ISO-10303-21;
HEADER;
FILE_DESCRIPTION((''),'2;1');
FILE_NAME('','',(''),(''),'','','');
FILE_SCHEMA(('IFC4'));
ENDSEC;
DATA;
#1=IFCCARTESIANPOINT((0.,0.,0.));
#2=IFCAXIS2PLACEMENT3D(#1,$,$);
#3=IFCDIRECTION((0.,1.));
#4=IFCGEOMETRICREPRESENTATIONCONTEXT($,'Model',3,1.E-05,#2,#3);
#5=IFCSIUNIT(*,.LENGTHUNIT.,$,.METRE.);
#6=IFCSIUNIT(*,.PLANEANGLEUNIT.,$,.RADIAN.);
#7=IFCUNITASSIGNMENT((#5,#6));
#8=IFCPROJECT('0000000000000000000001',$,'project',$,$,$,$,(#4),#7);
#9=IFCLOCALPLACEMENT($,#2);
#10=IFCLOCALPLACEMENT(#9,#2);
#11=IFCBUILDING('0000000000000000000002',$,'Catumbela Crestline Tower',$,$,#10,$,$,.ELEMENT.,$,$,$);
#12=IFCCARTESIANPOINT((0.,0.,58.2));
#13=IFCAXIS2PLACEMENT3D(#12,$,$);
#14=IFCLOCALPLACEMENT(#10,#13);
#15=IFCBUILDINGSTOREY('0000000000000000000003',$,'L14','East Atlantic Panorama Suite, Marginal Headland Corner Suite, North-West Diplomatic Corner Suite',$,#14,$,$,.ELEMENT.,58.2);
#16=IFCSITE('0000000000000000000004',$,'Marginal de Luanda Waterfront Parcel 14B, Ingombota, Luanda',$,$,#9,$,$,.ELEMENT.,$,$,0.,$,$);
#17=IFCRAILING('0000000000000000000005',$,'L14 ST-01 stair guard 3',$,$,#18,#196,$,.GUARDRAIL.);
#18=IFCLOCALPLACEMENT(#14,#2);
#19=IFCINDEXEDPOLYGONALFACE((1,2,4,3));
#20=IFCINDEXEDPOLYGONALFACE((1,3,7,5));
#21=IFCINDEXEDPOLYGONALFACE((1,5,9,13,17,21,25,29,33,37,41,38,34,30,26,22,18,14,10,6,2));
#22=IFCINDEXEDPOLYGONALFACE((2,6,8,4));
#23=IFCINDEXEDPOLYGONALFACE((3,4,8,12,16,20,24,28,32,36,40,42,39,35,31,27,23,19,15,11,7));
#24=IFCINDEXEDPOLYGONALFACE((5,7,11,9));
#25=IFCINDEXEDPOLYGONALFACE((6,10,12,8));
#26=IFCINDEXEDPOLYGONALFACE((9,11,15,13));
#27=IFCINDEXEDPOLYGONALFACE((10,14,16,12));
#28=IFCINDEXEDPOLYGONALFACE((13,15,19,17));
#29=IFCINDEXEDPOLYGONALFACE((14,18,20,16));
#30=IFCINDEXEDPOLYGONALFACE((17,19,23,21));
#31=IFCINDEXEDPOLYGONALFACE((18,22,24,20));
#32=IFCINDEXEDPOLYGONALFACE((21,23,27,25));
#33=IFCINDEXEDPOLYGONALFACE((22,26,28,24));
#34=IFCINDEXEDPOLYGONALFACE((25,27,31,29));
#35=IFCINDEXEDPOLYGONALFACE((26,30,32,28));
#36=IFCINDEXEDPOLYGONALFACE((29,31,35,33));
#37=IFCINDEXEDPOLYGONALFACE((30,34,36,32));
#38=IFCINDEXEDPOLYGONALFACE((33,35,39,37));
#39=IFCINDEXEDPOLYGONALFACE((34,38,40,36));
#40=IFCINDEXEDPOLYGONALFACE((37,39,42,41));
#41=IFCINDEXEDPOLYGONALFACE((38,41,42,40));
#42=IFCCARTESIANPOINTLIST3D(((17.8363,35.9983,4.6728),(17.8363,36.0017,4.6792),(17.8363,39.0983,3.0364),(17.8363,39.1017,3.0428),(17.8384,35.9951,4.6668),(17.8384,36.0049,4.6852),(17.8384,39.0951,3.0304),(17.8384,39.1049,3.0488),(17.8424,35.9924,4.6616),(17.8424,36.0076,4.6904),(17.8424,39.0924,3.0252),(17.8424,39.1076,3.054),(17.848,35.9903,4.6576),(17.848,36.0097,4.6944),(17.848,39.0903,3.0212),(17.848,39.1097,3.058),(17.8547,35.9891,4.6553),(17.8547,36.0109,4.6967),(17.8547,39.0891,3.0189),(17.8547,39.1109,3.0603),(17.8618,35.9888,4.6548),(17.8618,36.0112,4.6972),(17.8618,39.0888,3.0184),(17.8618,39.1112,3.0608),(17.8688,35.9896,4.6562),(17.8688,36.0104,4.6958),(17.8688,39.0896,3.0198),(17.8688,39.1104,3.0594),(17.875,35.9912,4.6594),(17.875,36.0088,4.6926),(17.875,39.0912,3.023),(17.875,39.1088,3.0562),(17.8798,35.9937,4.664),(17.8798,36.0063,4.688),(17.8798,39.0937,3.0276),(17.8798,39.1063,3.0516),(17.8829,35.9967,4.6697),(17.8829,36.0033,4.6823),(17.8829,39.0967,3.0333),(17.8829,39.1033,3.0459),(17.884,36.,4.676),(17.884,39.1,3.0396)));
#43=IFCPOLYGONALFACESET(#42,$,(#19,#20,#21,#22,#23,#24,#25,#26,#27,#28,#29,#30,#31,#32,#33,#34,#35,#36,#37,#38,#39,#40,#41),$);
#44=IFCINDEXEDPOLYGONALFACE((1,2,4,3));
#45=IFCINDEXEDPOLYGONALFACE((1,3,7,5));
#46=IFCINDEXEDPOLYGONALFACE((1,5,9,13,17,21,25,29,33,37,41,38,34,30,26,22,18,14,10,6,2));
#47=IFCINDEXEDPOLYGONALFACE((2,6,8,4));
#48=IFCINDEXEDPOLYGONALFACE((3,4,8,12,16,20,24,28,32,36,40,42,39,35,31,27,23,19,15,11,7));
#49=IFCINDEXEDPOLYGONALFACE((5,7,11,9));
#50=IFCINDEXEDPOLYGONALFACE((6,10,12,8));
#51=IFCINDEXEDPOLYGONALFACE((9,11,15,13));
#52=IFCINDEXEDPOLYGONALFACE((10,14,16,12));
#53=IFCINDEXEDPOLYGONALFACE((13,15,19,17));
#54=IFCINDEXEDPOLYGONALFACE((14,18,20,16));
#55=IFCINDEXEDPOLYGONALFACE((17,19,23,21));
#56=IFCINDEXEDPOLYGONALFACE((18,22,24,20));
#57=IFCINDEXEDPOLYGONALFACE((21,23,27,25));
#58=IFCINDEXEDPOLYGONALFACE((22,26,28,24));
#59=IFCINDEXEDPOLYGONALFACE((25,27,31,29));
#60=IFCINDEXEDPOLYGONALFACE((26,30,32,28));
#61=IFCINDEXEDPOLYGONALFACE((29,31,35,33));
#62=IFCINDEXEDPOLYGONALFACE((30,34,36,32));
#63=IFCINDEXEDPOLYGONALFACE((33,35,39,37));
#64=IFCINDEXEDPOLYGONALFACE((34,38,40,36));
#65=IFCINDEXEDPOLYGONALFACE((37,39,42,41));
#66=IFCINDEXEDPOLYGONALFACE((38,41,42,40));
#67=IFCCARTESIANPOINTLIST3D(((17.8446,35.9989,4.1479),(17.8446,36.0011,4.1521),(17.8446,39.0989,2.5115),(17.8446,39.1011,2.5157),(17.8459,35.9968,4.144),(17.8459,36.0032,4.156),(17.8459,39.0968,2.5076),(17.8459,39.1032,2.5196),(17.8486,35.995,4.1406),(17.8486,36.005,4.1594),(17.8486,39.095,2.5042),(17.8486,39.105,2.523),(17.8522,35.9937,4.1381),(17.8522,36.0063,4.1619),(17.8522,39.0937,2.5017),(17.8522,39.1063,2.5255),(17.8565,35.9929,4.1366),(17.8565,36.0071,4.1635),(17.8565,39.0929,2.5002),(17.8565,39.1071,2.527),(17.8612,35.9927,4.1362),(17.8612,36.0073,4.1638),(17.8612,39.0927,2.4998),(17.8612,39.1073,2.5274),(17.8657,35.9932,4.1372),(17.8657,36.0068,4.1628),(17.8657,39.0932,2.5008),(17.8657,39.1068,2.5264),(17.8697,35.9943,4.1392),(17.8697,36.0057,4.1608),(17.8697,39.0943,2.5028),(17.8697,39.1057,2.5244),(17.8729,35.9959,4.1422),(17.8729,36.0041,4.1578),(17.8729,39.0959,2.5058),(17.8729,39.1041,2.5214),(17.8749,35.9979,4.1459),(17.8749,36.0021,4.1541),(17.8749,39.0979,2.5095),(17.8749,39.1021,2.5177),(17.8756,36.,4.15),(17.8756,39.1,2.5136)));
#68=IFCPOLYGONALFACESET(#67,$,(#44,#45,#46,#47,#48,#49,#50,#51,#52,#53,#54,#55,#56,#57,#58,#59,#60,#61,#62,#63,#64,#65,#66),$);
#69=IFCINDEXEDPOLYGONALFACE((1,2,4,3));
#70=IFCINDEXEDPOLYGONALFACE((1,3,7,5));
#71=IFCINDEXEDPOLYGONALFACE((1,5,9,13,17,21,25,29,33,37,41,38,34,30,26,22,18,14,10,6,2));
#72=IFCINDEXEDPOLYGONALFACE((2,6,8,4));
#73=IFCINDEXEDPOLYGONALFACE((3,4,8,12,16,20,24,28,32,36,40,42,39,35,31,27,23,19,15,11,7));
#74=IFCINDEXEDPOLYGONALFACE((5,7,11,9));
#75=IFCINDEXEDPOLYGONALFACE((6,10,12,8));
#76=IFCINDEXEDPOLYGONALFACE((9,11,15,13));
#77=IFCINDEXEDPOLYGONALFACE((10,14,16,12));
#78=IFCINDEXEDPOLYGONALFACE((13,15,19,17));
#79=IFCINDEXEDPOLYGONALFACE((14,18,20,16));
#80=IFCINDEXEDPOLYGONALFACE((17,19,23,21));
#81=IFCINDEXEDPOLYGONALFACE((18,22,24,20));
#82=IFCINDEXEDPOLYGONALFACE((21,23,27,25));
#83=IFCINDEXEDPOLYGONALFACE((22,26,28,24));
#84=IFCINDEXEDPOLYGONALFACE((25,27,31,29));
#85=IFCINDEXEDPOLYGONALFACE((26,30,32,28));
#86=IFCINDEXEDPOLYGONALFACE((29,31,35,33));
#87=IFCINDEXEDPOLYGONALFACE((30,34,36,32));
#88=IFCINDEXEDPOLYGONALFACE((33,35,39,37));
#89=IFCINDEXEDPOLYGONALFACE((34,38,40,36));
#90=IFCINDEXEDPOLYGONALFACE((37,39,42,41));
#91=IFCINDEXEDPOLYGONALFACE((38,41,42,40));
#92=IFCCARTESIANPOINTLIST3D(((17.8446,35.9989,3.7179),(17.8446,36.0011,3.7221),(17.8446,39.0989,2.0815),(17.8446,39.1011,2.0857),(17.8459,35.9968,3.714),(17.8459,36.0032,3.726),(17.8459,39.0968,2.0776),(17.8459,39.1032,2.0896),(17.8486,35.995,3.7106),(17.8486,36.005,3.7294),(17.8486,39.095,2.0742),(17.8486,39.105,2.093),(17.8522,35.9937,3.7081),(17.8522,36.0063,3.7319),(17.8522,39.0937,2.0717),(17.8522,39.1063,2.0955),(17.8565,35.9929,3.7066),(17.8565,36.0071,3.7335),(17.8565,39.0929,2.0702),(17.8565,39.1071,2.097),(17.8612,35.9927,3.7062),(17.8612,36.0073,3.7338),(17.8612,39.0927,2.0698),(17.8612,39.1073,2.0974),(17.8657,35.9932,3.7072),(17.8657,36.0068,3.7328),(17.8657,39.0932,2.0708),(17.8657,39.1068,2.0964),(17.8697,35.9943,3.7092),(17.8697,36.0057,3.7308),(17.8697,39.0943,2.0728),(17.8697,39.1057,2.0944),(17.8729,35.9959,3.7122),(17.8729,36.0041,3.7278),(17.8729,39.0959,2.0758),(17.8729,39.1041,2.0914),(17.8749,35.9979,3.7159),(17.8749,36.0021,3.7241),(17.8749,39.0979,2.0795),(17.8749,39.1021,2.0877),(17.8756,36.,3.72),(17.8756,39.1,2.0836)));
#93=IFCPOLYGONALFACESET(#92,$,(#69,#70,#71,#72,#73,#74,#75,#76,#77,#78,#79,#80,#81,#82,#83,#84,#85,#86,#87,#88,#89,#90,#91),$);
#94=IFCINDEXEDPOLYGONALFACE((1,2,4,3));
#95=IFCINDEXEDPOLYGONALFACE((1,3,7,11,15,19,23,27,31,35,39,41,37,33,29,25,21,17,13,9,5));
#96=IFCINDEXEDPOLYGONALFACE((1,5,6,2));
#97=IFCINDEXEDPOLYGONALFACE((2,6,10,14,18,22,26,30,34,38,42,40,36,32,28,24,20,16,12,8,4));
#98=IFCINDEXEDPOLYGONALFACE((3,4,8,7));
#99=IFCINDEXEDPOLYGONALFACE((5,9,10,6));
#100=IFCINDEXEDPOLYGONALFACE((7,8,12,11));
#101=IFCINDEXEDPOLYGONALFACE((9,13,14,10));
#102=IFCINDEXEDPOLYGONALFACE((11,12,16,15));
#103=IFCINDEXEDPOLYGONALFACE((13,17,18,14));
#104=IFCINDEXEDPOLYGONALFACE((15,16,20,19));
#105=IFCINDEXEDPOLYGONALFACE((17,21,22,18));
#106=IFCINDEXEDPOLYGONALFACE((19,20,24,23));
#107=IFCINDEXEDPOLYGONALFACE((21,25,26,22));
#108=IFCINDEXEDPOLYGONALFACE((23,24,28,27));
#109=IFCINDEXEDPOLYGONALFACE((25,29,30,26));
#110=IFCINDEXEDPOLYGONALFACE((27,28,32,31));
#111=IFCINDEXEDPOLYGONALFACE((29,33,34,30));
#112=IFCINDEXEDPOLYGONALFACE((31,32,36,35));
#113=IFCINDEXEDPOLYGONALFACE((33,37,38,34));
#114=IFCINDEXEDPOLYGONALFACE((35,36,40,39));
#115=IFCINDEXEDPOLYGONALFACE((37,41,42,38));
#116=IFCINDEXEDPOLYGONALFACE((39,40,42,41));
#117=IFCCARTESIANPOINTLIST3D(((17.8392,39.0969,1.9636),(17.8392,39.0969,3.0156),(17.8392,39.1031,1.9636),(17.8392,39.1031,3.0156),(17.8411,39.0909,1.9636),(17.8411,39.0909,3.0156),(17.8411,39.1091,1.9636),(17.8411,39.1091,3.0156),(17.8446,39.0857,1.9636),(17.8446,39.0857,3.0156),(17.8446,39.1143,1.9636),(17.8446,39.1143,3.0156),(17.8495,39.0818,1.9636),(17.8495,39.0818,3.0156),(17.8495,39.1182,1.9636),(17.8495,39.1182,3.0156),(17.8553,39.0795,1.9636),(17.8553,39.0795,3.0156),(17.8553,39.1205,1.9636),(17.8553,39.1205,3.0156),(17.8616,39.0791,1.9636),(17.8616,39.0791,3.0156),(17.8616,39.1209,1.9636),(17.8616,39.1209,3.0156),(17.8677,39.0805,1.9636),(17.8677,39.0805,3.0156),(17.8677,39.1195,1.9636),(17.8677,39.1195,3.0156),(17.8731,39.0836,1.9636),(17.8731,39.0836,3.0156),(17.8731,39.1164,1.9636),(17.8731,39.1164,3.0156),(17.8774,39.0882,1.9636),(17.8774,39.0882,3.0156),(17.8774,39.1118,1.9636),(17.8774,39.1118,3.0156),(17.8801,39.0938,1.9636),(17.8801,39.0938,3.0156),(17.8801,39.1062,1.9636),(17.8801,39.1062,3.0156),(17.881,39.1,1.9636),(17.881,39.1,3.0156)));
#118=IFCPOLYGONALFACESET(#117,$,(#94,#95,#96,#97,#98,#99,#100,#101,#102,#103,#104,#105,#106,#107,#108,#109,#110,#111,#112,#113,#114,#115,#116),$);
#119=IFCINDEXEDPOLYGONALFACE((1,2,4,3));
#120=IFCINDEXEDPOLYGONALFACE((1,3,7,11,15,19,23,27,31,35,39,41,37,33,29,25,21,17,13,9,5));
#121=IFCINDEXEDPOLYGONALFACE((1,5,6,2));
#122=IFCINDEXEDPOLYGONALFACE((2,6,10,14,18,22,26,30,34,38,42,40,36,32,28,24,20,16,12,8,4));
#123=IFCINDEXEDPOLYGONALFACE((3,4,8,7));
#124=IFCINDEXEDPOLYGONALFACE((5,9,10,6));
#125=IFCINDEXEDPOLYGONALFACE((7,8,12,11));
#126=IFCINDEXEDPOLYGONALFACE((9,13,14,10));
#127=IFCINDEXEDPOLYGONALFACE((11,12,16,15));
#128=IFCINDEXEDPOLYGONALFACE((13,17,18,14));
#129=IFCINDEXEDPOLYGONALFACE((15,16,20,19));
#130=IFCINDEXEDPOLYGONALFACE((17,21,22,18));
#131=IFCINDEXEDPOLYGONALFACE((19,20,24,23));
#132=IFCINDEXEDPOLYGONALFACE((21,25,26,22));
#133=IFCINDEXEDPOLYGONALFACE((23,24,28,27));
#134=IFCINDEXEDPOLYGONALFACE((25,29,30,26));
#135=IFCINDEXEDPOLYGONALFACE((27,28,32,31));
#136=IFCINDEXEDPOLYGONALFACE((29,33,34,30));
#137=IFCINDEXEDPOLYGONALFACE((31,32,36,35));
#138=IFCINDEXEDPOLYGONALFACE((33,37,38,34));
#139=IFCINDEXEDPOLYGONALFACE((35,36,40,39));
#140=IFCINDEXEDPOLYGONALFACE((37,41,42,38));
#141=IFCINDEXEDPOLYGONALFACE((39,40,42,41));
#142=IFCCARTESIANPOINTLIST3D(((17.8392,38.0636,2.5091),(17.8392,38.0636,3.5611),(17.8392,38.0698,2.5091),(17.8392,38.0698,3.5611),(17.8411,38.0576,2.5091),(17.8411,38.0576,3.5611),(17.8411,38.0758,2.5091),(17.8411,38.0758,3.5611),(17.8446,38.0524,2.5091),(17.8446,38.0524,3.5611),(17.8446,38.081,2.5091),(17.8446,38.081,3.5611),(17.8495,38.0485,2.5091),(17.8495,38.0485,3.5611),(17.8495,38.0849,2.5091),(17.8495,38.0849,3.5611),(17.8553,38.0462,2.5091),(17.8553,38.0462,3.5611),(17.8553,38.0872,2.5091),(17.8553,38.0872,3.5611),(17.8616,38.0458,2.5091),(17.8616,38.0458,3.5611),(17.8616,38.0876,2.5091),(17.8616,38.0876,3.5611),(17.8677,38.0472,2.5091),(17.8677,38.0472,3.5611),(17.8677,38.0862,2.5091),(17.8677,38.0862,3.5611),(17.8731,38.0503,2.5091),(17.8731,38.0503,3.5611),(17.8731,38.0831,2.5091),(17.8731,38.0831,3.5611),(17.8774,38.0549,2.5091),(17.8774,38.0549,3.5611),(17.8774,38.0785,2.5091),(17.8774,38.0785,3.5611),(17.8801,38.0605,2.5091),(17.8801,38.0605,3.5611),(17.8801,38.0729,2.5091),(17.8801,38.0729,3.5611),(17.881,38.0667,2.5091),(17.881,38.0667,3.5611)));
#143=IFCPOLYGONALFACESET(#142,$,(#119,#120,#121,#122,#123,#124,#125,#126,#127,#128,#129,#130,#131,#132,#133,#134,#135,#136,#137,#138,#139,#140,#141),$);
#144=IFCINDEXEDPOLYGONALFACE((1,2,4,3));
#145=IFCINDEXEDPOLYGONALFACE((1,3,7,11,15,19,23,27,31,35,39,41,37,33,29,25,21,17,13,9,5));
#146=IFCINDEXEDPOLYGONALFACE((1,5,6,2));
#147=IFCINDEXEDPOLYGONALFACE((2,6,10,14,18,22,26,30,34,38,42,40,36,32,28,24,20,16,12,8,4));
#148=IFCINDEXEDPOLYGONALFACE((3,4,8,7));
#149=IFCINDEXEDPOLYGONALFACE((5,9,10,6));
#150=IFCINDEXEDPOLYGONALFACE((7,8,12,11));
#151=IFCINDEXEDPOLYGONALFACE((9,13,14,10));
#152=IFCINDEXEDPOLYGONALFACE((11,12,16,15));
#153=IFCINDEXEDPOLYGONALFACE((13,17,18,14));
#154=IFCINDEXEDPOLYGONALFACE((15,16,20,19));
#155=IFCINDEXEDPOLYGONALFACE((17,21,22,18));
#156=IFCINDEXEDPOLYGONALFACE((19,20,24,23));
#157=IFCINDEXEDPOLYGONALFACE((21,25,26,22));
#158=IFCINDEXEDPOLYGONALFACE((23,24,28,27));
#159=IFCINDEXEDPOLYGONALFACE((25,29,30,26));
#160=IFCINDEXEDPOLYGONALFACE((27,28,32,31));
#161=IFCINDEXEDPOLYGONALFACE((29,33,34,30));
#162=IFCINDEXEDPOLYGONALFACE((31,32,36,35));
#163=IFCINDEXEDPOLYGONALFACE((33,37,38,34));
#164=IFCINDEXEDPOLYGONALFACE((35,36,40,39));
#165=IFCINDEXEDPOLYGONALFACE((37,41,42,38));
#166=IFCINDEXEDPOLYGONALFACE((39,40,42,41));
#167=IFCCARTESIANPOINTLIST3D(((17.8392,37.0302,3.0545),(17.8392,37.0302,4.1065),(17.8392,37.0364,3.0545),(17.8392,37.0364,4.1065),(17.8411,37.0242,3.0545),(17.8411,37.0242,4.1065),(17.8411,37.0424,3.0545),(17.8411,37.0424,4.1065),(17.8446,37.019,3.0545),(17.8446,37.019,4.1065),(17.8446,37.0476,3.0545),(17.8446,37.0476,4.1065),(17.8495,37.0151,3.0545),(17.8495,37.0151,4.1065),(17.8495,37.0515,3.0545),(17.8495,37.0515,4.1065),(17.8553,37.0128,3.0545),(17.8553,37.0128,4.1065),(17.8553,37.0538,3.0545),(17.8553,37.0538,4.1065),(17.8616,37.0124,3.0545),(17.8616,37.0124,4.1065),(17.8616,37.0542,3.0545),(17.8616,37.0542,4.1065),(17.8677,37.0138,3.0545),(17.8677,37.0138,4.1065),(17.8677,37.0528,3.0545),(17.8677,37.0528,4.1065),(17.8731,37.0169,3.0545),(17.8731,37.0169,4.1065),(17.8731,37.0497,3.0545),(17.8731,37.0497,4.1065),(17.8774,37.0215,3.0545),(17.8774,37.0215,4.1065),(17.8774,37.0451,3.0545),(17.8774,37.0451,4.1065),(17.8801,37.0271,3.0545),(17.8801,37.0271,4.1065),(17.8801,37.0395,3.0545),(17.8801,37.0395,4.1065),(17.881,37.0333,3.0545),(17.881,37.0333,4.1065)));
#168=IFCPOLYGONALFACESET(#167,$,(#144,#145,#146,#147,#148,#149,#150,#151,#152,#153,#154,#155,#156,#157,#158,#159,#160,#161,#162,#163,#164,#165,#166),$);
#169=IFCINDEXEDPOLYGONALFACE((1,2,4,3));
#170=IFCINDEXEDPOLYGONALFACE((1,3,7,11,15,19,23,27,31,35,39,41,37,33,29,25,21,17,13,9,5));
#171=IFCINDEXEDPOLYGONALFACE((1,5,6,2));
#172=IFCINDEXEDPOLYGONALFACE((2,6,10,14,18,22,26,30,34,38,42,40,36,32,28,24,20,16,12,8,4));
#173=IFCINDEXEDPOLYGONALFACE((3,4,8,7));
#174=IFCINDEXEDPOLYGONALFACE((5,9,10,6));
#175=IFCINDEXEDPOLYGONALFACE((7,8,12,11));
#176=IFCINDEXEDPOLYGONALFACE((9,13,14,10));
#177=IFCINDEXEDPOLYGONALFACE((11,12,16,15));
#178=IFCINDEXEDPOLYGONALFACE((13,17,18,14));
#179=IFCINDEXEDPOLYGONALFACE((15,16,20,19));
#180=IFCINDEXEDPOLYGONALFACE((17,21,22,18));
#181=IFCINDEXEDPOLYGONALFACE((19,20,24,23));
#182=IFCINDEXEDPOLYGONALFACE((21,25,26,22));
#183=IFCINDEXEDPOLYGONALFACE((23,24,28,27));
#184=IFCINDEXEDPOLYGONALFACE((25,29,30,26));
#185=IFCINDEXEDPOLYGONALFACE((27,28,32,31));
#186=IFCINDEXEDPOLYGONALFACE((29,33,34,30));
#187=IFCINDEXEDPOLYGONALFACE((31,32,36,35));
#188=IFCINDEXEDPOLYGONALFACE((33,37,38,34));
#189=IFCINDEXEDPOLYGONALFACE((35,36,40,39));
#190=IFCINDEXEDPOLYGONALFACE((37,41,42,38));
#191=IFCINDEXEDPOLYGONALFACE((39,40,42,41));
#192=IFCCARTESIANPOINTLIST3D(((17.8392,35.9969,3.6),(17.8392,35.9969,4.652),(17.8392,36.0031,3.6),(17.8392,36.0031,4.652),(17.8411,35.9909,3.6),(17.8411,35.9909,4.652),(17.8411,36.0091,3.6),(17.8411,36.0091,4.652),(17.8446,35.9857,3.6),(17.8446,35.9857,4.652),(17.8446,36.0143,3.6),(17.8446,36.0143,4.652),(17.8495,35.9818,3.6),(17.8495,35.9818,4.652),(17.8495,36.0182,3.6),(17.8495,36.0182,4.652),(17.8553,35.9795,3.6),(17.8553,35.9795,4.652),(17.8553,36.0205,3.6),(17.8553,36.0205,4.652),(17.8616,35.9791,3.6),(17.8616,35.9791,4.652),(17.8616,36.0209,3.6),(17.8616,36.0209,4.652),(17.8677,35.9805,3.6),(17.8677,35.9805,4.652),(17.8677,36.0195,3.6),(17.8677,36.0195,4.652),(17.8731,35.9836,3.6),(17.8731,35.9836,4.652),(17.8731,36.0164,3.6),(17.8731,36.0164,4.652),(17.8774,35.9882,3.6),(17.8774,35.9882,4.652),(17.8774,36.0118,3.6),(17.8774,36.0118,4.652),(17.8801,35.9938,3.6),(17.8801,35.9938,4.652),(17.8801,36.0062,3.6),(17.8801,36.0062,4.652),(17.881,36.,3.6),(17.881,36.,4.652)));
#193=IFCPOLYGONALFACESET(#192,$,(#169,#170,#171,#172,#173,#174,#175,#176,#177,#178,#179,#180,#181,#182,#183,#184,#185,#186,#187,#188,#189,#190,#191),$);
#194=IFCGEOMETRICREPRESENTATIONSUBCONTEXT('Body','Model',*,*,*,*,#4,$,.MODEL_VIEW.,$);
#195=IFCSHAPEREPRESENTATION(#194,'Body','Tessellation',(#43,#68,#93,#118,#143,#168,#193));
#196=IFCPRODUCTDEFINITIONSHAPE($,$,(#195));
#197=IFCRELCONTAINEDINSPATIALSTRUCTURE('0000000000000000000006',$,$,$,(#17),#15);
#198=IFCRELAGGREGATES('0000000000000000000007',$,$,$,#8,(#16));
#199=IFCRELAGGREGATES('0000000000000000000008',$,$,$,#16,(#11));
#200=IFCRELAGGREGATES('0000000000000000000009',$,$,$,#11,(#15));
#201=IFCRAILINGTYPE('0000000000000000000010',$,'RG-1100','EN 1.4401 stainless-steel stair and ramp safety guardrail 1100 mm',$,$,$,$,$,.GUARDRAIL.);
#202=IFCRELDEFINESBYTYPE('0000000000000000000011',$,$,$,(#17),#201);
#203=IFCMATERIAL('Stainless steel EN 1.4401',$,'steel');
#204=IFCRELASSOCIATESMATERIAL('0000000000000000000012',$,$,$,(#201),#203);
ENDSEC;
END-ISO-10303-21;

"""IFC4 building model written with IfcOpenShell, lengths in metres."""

from ifc_helpers import new_model, si_unit, direction, frame, origin, origin_2d, place, context, subcontext, project, spatial, circle, extrude, material, type_object, element, save


model = new_model("IFC4")

# Units and contexts
model_context = context("Model", 3, precision=1e-05, world=origin(), true_north=direction((0.0, 1.0)))
body_context = subcontext(model_context, "Body", "Model", "MODEL_VIEW")
ifc_project = project(units=[si_unit("LENGTHUNIT", "METRE"), si_unit("PLANEANGLEUNIT", "RADIAN")], contexts=[model_context])

# Site, building, storey
site_placement = place(None, origin())
site = spatial("IfcSite", under=ifc_project, at=site_placement, Name="Marginal de Luanda Waterfront Parcel 14B, Ingombota, Luanda", CompositionType="ELEMENT", RefElevation=0.0)
building_placement = place(site_placement, origin())
building = spatial("IfcBuilding", under=site, at=building_placement, Name="Catumbela Crestline Tower", CompositionType="ELEMENT")
storey_placement = place(building_placement, frame((0.0, 0.0, 58.2)))
storey = spatial("IfcBuildingStorey", under=building, at=storey_placement, Name="L14", Description="East Atlantic Panorama Suite, Marginal Headland Corner Suite, North-West Diplomatic Corner Suite", CompositionType="ELEMENT", Elevation=58.2)

# Railing
ifc_material_1 = material(Name="Stainless steel EN 1.4401", Category="steel")
railing_type_1 = type_object("IfcRailingType", Name="RG-1100", Description="EN 1.4401 stainless-steel stair and ramp safety guardrail 1100 mm", PredefinedType="GUARDRAIL", material=ifc_material_1)
railing_1_placement = place(storey_placement, frame((17.86, 39.1, 1.9636)))
element("IfcRailing", 1, at=railing_1_placement, inside=storey, type_object=railing_type_1, Name="L14 ST-01 stair guard 3", PredefinedType="GUARDRAIL", context=body_context, shape_type="SweptSolid", body=[
    extrude(circle(Radius=0.024, at=origin_2d()), frame((0.0, 0.0, 1.076), z_axis=(0.0, -0.884351, 0.466823), x_axis=(1.0, 0.0, 0.0)), (0.0, 0.0, 1.0), 3.5054),
    extrude(circle(Radius=0.0156, at=origin_2d()), frame((0.0, 0.0, 0.55), z_axis=(0.0, -0.884351, 0.466823), x_axis=(1.0, 0.0, 0.0)), (0.0, 0.0, 1.0), 3.5054),
    extrude(circle(Radius=0.0156, at=origin_2d()), frame((0.0, 0.0, 0.12), z_axis=(0.0, -0.884351, 0.466823), x_axis=(1.0, 0.0, 0.0)), (0.0, 0.0, 1.0), 3.5054),
    extrude(circle(Radius=0.021, at=origin_2d()), origin(), (0.0, 0.0, 1.0), 1.052),
    extrude(circle(Radius=0.021, at=origin_2d()), frame((0.0, -1.0333, 0.5455)), (0.0, 0.0, 1.0), 1.052),
    extrude(circle(Radius=0.021, at=origin_2d()), frame((0.0, -2.0667, 1.0909)), (0.0, 0.0, 1.0), 1.052),
    extrude(circle(Radius=0.021, at=origin_2d()), frame((0.0, -3.1, 1.6364)), (0.0, 0.0, 1.0), 1.052),
])

save(model, "model.ifc")
